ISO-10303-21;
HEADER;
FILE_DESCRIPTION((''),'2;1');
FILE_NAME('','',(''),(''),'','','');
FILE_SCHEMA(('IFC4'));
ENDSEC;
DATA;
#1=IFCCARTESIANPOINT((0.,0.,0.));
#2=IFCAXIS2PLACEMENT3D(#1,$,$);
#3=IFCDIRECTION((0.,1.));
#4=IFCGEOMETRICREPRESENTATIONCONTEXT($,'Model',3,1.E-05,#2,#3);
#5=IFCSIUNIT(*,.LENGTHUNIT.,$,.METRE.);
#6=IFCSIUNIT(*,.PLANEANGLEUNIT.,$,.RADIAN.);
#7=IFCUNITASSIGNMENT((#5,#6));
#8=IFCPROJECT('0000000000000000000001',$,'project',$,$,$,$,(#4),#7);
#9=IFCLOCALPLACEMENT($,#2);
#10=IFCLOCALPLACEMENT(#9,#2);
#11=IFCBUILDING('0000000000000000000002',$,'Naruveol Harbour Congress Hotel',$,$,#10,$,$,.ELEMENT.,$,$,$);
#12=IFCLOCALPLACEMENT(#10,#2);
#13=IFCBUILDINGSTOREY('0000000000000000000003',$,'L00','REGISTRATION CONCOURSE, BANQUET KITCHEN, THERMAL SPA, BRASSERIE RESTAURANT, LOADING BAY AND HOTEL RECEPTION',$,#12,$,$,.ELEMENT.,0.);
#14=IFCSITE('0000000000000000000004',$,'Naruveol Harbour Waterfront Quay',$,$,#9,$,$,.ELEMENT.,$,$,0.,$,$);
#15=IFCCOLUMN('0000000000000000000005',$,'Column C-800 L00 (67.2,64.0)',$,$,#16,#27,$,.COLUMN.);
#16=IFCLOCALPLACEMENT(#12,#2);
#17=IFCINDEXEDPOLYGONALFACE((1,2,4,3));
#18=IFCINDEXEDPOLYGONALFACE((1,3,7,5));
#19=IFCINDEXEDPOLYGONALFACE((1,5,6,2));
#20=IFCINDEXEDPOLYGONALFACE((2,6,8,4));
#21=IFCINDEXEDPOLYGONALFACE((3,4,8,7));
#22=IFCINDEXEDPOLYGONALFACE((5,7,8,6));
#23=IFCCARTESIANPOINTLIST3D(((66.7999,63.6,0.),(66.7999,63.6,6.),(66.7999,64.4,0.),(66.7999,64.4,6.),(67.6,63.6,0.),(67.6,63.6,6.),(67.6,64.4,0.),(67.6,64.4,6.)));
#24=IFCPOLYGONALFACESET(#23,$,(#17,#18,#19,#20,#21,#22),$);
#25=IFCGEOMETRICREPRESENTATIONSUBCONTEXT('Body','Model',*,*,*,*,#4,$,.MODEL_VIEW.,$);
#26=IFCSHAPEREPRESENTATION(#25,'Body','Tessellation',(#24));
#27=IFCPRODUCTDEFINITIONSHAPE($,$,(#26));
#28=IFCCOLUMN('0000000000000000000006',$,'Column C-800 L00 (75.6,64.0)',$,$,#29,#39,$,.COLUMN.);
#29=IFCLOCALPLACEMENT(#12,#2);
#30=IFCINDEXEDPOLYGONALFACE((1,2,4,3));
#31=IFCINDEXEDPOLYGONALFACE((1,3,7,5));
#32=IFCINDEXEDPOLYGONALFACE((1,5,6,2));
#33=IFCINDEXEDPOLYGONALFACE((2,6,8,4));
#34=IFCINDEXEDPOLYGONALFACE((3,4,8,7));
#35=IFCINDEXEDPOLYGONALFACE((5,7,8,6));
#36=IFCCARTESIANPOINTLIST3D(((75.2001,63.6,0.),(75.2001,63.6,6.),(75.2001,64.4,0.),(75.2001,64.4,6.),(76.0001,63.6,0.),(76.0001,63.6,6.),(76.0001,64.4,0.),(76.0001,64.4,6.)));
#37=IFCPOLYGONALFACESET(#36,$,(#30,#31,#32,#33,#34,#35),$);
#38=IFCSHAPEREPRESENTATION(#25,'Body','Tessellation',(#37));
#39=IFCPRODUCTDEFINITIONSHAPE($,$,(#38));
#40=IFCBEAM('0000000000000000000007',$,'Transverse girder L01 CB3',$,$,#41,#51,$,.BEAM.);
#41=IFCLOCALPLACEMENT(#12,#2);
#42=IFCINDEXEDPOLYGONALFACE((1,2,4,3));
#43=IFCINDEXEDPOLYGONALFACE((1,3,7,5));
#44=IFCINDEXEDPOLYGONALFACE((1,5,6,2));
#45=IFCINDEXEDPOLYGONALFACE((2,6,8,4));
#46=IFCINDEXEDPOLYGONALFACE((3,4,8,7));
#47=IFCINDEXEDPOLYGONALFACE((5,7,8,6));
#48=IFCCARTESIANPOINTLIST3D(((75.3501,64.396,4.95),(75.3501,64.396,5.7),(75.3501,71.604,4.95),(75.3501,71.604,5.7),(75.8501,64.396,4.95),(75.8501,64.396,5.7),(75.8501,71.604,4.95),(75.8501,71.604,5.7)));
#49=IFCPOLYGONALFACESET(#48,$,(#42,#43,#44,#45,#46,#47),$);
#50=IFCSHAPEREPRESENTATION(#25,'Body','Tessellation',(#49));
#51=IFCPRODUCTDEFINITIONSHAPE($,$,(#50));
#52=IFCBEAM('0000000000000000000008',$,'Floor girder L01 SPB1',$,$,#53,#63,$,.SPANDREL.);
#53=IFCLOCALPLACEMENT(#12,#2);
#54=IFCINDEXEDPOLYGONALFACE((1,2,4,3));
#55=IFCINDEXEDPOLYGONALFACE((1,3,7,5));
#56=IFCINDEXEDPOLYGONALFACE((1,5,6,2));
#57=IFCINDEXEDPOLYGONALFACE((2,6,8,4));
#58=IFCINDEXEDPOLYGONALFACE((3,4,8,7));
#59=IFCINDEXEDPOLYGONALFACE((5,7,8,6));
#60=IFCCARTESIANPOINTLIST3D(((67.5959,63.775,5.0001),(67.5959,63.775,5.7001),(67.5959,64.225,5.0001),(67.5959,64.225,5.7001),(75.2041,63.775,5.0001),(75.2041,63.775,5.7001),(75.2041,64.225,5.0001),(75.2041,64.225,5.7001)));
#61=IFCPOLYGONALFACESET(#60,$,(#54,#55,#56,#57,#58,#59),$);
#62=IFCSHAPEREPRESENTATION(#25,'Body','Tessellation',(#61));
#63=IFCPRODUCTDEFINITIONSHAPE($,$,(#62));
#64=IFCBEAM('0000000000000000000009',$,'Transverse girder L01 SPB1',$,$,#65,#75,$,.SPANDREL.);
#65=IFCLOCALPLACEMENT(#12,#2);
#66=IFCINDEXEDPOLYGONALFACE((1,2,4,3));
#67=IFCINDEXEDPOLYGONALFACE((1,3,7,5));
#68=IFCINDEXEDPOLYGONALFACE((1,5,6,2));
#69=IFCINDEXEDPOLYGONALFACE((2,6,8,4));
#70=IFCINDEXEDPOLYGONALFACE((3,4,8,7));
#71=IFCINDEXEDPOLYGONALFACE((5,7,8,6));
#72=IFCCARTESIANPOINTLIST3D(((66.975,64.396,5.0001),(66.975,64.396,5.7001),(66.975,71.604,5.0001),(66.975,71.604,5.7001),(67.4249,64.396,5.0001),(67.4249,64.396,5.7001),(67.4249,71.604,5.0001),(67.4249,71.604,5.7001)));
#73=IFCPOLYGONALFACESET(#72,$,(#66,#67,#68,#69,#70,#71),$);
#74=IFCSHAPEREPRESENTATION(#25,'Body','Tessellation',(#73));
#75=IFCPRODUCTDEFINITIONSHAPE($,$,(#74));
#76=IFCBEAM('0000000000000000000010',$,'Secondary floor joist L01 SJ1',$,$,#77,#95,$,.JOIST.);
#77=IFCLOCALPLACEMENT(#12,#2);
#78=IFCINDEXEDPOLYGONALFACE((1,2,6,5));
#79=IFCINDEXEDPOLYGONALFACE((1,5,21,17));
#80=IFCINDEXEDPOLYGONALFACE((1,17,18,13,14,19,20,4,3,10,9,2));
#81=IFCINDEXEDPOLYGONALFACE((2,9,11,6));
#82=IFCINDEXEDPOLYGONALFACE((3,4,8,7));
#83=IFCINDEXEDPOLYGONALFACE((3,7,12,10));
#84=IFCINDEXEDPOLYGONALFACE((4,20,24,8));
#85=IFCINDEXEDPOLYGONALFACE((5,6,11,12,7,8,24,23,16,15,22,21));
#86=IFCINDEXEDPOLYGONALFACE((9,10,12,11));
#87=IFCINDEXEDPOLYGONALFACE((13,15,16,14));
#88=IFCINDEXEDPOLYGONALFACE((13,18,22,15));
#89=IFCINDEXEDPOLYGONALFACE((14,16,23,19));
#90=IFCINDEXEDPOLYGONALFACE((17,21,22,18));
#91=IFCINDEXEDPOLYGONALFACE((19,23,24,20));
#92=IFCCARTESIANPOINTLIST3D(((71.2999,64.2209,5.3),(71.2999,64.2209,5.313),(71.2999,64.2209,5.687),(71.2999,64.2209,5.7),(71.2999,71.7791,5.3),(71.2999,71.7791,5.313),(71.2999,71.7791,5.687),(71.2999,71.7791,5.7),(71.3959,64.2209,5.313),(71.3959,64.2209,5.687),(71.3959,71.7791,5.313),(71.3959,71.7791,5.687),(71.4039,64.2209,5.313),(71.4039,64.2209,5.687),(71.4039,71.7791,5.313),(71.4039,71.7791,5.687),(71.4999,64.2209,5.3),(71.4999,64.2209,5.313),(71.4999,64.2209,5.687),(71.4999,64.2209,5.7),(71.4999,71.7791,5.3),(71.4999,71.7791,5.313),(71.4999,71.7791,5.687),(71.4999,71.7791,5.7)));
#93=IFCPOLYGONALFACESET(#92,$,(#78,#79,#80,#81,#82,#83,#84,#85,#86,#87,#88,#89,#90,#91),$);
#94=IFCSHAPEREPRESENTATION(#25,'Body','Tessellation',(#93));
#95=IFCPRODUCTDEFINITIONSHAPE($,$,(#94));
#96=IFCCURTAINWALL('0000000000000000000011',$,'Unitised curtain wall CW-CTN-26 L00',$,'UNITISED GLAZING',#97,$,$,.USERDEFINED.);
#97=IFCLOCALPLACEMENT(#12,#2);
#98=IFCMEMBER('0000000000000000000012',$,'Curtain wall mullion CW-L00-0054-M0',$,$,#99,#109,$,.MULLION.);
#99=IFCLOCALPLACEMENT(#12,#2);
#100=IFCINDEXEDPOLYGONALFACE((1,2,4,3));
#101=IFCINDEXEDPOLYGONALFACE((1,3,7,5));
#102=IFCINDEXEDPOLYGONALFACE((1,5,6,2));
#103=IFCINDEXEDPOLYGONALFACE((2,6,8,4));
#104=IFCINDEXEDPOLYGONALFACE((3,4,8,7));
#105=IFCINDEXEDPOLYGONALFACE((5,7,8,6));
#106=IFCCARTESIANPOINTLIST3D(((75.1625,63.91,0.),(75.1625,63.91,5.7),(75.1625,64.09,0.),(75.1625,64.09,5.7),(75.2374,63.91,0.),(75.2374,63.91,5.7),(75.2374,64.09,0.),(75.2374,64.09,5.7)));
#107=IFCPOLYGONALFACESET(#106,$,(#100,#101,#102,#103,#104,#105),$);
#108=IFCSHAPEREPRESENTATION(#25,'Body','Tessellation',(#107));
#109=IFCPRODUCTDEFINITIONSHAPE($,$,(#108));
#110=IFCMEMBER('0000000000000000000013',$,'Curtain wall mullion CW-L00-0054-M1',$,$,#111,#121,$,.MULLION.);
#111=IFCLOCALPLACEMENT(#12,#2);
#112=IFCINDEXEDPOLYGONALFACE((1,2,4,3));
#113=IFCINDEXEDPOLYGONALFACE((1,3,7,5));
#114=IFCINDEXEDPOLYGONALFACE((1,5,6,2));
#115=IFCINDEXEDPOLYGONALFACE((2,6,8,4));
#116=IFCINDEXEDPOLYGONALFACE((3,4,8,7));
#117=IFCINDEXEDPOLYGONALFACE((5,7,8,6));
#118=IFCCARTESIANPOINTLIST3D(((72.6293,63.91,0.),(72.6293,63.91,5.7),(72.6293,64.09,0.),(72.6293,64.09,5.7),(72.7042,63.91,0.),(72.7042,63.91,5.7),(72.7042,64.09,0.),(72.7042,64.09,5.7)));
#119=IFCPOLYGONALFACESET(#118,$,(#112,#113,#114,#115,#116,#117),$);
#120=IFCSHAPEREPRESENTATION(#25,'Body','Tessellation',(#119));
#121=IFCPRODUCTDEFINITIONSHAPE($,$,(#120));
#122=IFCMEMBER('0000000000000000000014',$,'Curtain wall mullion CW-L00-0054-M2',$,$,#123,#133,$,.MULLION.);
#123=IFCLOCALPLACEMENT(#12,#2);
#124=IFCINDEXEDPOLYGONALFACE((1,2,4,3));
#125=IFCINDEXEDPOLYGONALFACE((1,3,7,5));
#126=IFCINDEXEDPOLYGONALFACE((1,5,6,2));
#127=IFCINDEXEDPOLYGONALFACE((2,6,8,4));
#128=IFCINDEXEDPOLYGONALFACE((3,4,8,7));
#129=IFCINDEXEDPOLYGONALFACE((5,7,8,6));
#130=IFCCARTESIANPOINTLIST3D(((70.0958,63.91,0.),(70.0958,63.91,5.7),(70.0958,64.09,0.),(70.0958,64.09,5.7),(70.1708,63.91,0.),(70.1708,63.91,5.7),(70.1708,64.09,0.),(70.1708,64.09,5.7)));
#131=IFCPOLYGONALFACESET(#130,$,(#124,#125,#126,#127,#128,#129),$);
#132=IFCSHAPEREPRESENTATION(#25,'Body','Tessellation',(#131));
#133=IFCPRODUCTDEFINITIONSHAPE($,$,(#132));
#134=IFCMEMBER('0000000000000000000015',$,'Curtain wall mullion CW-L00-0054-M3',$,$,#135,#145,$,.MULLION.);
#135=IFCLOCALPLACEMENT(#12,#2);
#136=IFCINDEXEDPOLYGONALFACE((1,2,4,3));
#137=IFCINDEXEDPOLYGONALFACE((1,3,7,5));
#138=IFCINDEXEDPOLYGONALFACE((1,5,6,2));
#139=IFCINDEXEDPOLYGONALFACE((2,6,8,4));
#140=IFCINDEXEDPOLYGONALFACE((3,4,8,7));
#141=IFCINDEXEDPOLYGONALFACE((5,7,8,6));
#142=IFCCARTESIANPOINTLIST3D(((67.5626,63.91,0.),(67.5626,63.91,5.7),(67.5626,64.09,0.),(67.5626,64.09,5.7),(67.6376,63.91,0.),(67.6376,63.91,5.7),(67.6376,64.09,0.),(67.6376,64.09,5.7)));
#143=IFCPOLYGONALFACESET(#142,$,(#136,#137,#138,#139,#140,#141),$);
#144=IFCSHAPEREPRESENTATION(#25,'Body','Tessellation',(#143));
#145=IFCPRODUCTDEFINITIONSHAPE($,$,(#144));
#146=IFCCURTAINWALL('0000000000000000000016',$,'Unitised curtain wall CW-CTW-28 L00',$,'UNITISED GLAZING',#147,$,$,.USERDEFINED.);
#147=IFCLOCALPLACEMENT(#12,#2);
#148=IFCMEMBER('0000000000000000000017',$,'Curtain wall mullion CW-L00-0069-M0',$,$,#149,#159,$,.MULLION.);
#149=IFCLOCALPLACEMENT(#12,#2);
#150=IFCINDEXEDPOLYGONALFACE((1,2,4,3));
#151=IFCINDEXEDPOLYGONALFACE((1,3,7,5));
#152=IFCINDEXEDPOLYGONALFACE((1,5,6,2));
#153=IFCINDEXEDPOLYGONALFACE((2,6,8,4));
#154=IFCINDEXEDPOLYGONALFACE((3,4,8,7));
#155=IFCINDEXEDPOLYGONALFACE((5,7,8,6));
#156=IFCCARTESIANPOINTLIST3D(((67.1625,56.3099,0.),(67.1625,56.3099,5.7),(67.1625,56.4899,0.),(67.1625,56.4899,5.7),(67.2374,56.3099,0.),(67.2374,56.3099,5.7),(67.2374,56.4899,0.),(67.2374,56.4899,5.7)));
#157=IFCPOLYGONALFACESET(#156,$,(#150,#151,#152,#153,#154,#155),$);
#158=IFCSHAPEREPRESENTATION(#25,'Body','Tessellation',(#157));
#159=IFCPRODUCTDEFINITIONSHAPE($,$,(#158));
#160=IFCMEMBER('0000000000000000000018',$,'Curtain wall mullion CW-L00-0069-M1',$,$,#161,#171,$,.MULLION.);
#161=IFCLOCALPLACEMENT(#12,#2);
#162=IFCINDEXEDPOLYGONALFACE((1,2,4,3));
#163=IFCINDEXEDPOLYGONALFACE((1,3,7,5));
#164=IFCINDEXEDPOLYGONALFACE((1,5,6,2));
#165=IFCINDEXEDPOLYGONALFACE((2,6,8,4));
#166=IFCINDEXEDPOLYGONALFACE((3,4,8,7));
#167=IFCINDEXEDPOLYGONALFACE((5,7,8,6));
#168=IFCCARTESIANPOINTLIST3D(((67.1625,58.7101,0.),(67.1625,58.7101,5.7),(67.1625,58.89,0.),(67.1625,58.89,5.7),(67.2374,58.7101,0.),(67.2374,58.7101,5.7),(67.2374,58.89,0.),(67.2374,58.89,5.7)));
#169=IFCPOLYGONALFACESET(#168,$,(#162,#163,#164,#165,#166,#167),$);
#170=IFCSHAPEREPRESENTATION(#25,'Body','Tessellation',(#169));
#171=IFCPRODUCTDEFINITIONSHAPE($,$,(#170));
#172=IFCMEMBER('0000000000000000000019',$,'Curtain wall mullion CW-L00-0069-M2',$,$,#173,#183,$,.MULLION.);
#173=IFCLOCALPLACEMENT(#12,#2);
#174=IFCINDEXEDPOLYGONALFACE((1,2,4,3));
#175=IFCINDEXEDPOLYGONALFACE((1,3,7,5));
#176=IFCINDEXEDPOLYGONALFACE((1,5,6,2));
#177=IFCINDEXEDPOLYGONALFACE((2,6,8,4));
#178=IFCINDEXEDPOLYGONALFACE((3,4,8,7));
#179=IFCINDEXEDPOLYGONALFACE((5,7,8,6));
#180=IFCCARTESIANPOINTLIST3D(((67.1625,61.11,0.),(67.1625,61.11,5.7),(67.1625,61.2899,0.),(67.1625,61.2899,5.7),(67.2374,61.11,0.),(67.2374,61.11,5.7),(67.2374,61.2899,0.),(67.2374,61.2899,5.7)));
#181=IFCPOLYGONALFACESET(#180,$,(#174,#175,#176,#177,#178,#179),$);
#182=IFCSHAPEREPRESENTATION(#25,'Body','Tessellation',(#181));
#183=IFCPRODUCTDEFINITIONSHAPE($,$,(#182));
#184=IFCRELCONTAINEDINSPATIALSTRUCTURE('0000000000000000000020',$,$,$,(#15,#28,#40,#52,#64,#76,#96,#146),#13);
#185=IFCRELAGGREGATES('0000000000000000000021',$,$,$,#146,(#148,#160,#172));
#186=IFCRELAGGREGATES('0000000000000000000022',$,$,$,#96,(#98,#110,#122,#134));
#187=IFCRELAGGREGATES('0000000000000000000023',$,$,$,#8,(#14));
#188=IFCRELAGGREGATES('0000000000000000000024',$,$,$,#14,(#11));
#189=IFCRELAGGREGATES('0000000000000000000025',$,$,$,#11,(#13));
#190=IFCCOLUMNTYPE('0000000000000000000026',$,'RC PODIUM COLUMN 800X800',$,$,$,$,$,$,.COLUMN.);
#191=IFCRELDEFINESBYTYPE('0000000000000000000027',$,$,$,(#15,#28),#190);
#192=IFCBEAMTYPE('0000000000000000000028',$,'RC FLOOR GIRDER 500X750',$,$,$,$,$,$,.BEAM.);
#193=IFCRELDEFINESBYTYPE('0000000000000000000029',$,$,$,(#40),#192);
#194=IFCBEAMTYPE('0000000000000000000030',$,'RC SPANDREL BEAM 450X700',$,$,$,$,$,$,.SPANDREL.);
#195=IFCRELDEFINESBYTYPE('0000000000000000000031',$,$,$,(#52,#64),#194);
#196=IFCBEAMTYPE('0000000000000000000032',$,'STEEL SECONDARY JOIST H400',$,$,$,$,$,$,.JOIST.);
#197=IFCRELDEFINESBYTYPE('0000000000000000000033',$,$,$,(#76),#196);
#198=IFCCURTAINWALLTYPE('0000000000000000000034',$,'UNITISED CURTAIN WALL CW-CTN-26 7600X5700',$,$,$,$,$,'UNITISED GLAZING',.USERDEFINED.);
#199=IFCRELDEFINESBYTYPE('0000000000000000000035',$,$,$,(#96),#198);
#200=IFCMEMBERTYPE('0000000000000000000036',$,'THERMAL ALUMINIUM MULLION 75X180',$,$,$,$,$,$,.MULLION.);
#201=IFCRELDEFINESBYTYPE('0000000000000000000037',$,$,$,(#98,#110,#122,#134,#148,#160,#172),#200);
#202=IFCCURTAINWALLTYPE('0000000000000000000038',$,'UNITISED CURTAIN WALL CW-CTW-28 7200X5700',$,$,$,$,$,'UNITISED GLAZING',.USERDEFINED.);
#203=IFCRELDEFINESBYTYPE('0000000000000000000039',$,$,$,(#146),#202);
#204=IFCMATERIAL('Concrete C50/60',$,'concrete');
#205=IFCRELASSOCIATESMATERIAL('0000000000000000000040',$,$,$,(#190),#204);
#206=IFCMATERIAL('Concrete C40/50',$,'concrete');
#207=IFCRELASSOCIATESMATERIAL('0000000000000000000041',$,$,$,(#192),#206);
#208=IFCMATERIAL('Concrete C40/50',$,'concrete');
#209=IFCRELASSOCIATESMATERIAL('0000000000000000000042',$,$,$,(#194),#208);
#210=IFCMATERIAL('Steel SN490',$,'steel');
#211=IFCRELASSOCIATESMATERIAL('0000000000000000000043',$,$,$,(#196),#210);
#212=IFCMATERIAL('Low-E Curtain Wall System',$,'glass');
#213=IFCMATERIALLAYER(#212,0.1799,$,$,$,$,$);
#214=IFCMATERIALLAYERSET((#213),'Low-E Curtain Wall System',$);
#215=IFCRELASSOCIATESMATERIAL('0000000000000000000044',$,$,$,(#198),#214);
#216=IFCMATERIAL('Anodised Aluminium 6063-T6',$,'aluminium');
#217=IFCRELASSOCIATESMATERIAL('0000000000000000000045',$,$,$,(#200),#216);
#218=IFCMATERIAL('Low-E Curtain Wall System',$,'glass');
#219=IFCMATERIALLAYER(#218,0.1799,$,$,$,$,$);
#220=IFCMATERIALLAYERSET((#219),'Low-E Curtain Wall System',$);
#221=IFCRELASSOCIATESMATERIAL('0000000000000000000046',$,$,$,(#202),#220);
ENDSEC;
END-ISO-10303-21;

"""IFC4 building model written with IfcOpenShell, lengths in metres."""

from ifc_helpers import new_model, si_unit, direction, frame, origin, origin_2d, place, context, subcontext, project, spatial, rectangle, i_section, extrude, material, layer, layer_set, material_profile, profile_set, type_object, element, aggregate, save


model = new_model("IFC4")

# Units and contexts
model_context = context("Model", 3, precision=1e-05, world=origin(), true_north=direction((0.0, 1.0)))
body_context = subcontext(model_context, "Body", "Model", "MODEL_VIEW")
ifc_project = project(units=[si_unit("LENGTHUNIT", "METRE"), si_unit("PLANEANGLEUNIT", "RADIAN")], contexts=[model_context])

# Site, building, storey
site_placement = place(None, origin())
site = spatial("IfcSite", under=ifc_project, at=site_placement, Name="Naruveol Harbour Waterfront Quay", CompositionType="ELEMENT", RefElevation=0.0)
building_placement = place(site_placement, origin())
building = spatial("IfcBuilding", under=site, at=building_placement, Name="Naruveol Harbour Congress Hotel", CompositionType="ELEMENT")
storey_placement = place(building_placement, origin())
storey = spatial("IfcBuildingStorey", under=building, at=storey_placement, Name="L00", Description="REGISTRATION CONCOURSE, BANQUET KITCHEN, THERMAL SPA, BRASSERIE RESTAURANT, LOADING BAY AND HOTEL RECEPTION", CompositionType="ELEMENT", Elevation=0.0)

# Columns
ifc_material_1 = material(Name="Concrete C50/60", Category="concrete")
ifc_material_profile_1 = material_profile(ifc_material_1, rectangle(XDim=0.8, YDim=0.8, at=origin_2d()), Name="RC-800x800")
ifc_profile_set_1 = profile_set([ifc_material_profile_1], Name="Concrete C50/60")
column_type = type_object("IfcColumnType", Name="RC PODIUM COLUMN 800X800", PredefinedType="COLUMN", material=ifc_profile_set_1)
for number, where, z_axis, x_axis, name in (
    (1, (67.2, 64.0, 0.0), (0.0, 0.0, 1.0), (1.0, 0.0, 0.0), "Column C-800 L00 (67.2,64.0)"),
    (2, (75.6001, 64.0, 0.0), (0.0, 0.0, 1.0), (1.0, 0.0, 0.0), "Column C-800 L00 (75.6,64.0)"),
):
    element("IfcColumn", number, at=place(storey_placement, frame(where, z_axis=z_axis, x_axis=x_axis)), inside=storey, type_object=column_type, Name=name, PredefinedType="COLUMN", context=body_context, shape_type="SweptSolid", body=[
        extrude(rectangle(XDim=0.8, YDim=0.8, at=origin_2d()), origin(), (0.0, 0.0, 1.0), 6.0),
    ])

# Beams
ifc_material_2 = material(Name="Concrete C40/50", Category="concrete")
ifc_material_profile_2 = material_profile(ifc_material_2, rectangle(XDim=0.5, YDim=0.75, at=origin_2d()), Name="RCB-500x750")
ifc_profile_set_2 = profile_set([ifc_material_profile_2], Name="Concrete C40/50")
beam_type_1 = type_object("IfcBeamType", Name="RC FLOOR GIRDER 500X750", PredefinedType="BEAM", material=ifc_profile_set_2)
beam_1_placement = place(storey_placement, frame((75.6001, 64.396, 5.325), z_axis=(0.0, 1.0, 0.0), x_axis=(-1.0, 0.0, 0.0)))
element("IfcBeam", 3, at=beam_1_placement, inside=storey, type_object=beam_type_1, Name="Transverse girder L01 CB3", PredefinedType="BEAM", context=body_context, shape_type="SweptSolid", body=[
    extrude(rectangle(XDim=0.5, YDim=0.75, at=origin_2d()), origin(), (0.0, 0.0, 1.0), 7.208),
])
ifc_material_3 = material(Name="Concrete C40/50", Category="concrete")
ifc_material_profile_3 = material_profile(ifc_material_3, rectangle(XDim=0.45, YDim=0.7, at=origin_2d()), Name="RCB-450x700")
ifc_profile_set_3 = profile_set([ifc_material_profile_3], Name="Concrete C40/50")
beam_type_2 = type_object("IfcBeamType", Name="RC SPANDREL BEAM 450X700", PredefinedType="SPANDREL", material=ifc_profile_set_3)
beam_2_placement = place(storey_placement, frame((67.5959, 64.0, 5.3501), z_axis=(1.0, 0.0, 0.0), x_axis=(0.0, 1.0, 0.0)))
element("IfcBeam", 4, at=beam_2_placement, inside=storey, type_object=beam_type_2, Name="Floor girder L01 SPB1", PredefinedType="SPANDREL", context=body_context, shape_type="SweptSolid", body=[
    extrude(rectangle(XDim=0.45, YDim=0.7, at=origin_2d()), origin(), (0.0, 0.0, 1.0), 7.6082),
])
beam_3_placement = place(storey_placement, frame((67.2, 64.396, 5.3501), z_axis=(0.0, 1.0, 0.0), x_axis=(-1.0, 0.0, 0.0)))
element("IfcBeam", 5, at=beam_3_placement, inside=storey, type_object=beam_type_2, Name="Transverse girder L01 SPB1", PredefinedType="SPANDREL", context=body_context, shape_type="SweptSolid", body=[
    extrude(rectangle(XDim=0.45, YDim=0.7, at=origin_2d()), origin(), (0.0, 0.0, 1.0), 7.208),
])
ifc_material_4 = material(Name="Steel SN490", Category="steel")
ifc_material_profile_4 = material_profile(ifc_material_4, i_section(OverallWidth=0.2, OverallDepth=0.3999, WebThickness=0.0081, FlangeThickness=0.0129, at=origin_2d()), Name="H-400x200x8x13")
ifc_profile_set_4 = profile_set([ifc_material_profile_4], Name="Steel SN490")
beam_type_3 = type_object("IfcBeamType", Name="STEEL SECONDARY JOIST H400", PredefinedType="JOIST", material=ifc_profile_set_4)
beam_4_placement = place(storey_placement, frame((71.3999, 64.2209, 5.5), z_axis=(0.0, 1.0, 0.0), x_axis=(-1.0, 0.0, 0.0)))
element("IfcBeam", 6, at=beam_4_placement, inside=storey, type_object=beam_type_3, Name="Secondary floor joist L01 SJ1", PredefinedType="JOIST", context=body_context, shape_type="SweptSolid", body=[
    extrude(i_section(OverallWidth=0.2, OverallDepth=0.3999, WebThickness=0.0081, FlangeThickness=0.0129, at=origin_2d()), origin(), (0.0, 0.0, 1.0), 7.5581),
])

# Curtain walls, members
ifc_material_5 = material(Name="Low-E Curtain Wall System", Category="glass")
ifc_layer_1 = layer(ifc_material_5, 0.1799)
ifc_layer_set_1 = layer_set([ifc_layer_1], Name="Low-E Curtain Wall System")
curtain_wall_type_1 = type_object("IfcCurtainWallType", Name="UNITISED CURTAIN WALL CW-CTN-26 7600X5700", ElementType="UNITISED GLAZING", PredefinedType="USERDEFINED", material=ifc_layer_set_1)
curtain_wall_1_placement = place(storey_placement, origin())
curtain_wall_1 = element("IfcCurtainWall", 7, at=curtain_wall_1_placement, inside=storey, type_object=curtain_wall_type_1, Name="Unitised curtain wall CW-CTN-26 L00", ObjectType="UNITISED GLAZING", PredefinedType="USERDEFINED")
ifc_material_6 = material(Name="Anodised Aluminium 6063-T6", Category="aluminium")
ifc_material_profile_5 = material_profile(ifc_material_6, rectangle(XDim=0.075, YDim=0.1799, at=origin_2d()), Name="ALU-75x180")
ifc_profile_set_5 = profile_set([ifc_material_profile_5], Name="Anodised Aluminium 6063-T6")
member_type_1 = type_object("IfcMemberType", Name="THERMAL ALUMINIUM MULLION 75X180", PredefinedType="MULLION", material=ifc_profile_set_5)
member_1_placement = place(storey_placement, frame((75.2, 64.0, 0.0), z_axis=(0.0, 0.0, 1.0), x_axis=(1.0, 0.0, 0.0)))
member_1 = element("IfcMember", 8, at=member_1_placement, type_object=member_type_1, Name="Curtain wall mullion CW-L00-0054-M0", PredefinedType="MULLION", context=body_context, shape_type="SweptSolid", body=[
    extrude(rectangle(XDim=0.075, YDim=0.1799, at=origin_2d()), origin(), (0.0, 0.0, 1.0), 5.7),
])
member_2_placement = place(storey_placement, frame((72.6667, 64.0, 0.0), z_axis=(0.0, 0.0, 1.0), x_axis=(1.0, 0.0, 0.0)))
member_2 = element("IfcMember", 9, at=member_2_placement, type_object=member_type_1, Name="Curtain wall mullion CW-L00-0054-M1", PredefinedType="MULLION", context=body_context, shape_type="SweptSolid", body=[
    extrude(rectangle(XDim=0.075, YDim=0.1799, at=origin_2d()), origin(), (0.0, 0.0, 1.0), 5.7),
])
member_3_placement = place(storey_placement, frame((70.1333, 64.0, 0.0), z_axis=(0.0, 0.0, 1.0), x_axis=(1.0, 0.0, 0.0)))
member_3 = element("IfcMember", 10, at=member_3_placement, type_object=member_type_1, Name="Curtain wall mullion CW-L00-0054-M2", PredefinedType="MULLION", context=body_context, shape_type="SweptSolid", body=[
    extrude(rectangle(XDim=0.075, YDim=0.1799, at=origin_2d()), origin(), (0.0, 0.0, 1.0), 5.7),
])
member_4_placement = place(storey_placement, frame((67.6001, 64.0, 0.0), z_axis=(0.0, 0.0, 1.0), x_axis=(1.0, 0.0, 0.0)))
member_4 = element("IfcMember", 11, at=member_4_placement, type_object=member_type_1, Name="Curtain wall mullion CW-L00-0054-M3", PredefinedType="MULLION", context=body_context, shape_type="SweptSolid", body=[
    extrude(rectangle(XDim=0.075, YDim=0.1799, at=origin_2d()), origin(), (0.0, 0.0, 1.0), 5.7),
])
ifc_material_7 = material(Name="Low-E Curtain Wall System", Category="glass")
ifc_layer_2 = layer(ifc_material_7, 0.1799)
ifc_layer_set_2 = layer_set([ifc_layer_2], Name="Low-E Curtain Wall System")
curtain_wall_type_2 = type_object("IfcCurtainWallType", Name="UNITISED CURTAIN WALL CW-CTW-28 7200X5700", ElementType="UNITISED GLAZING", PredefinedType="USERDEFINED", material=ifc_layer_set_2)
curtain_wall_2_placement = place(storey_placement, origin())
curtain_wall_2 = element("IfcCurtainWall", 12, at=curtain_wall_2_placement, inside=storey, type_object=curtain_wall_type_2, Name="Unitised curtain wall CW-CTW-28 L00", ObjectType="UNITISED GLAZING", PredefinedType="USERDEFINED")
member_5_placement = place(storey_placement, frame((67.2, 56.3999, 0.0), z_axis=(0.0, 0.0, 1.0), x_axis=(1.0, 0.0, 0.0)))
member_5 = element("IfcMember", 13, at=member_5_placement, type_object=member_type_1, Name="Curtain wall mullion CW-L00-0069-M0", PredefinedType="MULLION", context=body_context, shape_type="SweptSolid", body=[
    extrude(rectangle(XDim=0.075, YDim=0.1799, at=origin_2d()), origin(), (0.0, 0.0, 1.0), 5.7),
])
member_6_placement = place(storey_placement, frame((67.2, 58.8, 0.0), z_axis=(0.0, 0.0, 1.0), x_axis=(1.0, 0.0, 0.0)))
member_6 = element("IfcMember", 14, at=member_6_placement, type_object=member_type_1, Name="Curtain wall mullion CW-L00-0069-M1", PredefinedType="MULLION", context=body_context, shape_type="SweptSolid", body=[
    extrude(rectangle(XDim=0.075, YDim=0.1799, at=origin_2d()), origin(), (0.0, 0.0, 1.0), 5.7),
])
member_7_placement = place(storey_placement, frame((67.2, 61.2, 0.0), z_axis=(0.0, 0.0, 1.0), x_axis=(1.0, 0.0, 0.0)))
member_7 = element("IfcMember", 15, at=member_7_placement, type_object=member_type_1, Name="Curtain wall mullion CW-L00-0069-M2", PredefinedType="MULLION", context=body_context, shape_type="SweptSolid", body=[
    extrude(rectangle(XDim=0.075, YDim=0.1799, at=origin_2d()), origin(), (0.0, 0.0, 1.0), 5.7),
])

aggregate(curtain_wall_2, [member_5, member_6, member_7])

aggregate(curtain_wall_1, [member_1, member_2, member_3, member_4])

save(model, "model.ifc")
